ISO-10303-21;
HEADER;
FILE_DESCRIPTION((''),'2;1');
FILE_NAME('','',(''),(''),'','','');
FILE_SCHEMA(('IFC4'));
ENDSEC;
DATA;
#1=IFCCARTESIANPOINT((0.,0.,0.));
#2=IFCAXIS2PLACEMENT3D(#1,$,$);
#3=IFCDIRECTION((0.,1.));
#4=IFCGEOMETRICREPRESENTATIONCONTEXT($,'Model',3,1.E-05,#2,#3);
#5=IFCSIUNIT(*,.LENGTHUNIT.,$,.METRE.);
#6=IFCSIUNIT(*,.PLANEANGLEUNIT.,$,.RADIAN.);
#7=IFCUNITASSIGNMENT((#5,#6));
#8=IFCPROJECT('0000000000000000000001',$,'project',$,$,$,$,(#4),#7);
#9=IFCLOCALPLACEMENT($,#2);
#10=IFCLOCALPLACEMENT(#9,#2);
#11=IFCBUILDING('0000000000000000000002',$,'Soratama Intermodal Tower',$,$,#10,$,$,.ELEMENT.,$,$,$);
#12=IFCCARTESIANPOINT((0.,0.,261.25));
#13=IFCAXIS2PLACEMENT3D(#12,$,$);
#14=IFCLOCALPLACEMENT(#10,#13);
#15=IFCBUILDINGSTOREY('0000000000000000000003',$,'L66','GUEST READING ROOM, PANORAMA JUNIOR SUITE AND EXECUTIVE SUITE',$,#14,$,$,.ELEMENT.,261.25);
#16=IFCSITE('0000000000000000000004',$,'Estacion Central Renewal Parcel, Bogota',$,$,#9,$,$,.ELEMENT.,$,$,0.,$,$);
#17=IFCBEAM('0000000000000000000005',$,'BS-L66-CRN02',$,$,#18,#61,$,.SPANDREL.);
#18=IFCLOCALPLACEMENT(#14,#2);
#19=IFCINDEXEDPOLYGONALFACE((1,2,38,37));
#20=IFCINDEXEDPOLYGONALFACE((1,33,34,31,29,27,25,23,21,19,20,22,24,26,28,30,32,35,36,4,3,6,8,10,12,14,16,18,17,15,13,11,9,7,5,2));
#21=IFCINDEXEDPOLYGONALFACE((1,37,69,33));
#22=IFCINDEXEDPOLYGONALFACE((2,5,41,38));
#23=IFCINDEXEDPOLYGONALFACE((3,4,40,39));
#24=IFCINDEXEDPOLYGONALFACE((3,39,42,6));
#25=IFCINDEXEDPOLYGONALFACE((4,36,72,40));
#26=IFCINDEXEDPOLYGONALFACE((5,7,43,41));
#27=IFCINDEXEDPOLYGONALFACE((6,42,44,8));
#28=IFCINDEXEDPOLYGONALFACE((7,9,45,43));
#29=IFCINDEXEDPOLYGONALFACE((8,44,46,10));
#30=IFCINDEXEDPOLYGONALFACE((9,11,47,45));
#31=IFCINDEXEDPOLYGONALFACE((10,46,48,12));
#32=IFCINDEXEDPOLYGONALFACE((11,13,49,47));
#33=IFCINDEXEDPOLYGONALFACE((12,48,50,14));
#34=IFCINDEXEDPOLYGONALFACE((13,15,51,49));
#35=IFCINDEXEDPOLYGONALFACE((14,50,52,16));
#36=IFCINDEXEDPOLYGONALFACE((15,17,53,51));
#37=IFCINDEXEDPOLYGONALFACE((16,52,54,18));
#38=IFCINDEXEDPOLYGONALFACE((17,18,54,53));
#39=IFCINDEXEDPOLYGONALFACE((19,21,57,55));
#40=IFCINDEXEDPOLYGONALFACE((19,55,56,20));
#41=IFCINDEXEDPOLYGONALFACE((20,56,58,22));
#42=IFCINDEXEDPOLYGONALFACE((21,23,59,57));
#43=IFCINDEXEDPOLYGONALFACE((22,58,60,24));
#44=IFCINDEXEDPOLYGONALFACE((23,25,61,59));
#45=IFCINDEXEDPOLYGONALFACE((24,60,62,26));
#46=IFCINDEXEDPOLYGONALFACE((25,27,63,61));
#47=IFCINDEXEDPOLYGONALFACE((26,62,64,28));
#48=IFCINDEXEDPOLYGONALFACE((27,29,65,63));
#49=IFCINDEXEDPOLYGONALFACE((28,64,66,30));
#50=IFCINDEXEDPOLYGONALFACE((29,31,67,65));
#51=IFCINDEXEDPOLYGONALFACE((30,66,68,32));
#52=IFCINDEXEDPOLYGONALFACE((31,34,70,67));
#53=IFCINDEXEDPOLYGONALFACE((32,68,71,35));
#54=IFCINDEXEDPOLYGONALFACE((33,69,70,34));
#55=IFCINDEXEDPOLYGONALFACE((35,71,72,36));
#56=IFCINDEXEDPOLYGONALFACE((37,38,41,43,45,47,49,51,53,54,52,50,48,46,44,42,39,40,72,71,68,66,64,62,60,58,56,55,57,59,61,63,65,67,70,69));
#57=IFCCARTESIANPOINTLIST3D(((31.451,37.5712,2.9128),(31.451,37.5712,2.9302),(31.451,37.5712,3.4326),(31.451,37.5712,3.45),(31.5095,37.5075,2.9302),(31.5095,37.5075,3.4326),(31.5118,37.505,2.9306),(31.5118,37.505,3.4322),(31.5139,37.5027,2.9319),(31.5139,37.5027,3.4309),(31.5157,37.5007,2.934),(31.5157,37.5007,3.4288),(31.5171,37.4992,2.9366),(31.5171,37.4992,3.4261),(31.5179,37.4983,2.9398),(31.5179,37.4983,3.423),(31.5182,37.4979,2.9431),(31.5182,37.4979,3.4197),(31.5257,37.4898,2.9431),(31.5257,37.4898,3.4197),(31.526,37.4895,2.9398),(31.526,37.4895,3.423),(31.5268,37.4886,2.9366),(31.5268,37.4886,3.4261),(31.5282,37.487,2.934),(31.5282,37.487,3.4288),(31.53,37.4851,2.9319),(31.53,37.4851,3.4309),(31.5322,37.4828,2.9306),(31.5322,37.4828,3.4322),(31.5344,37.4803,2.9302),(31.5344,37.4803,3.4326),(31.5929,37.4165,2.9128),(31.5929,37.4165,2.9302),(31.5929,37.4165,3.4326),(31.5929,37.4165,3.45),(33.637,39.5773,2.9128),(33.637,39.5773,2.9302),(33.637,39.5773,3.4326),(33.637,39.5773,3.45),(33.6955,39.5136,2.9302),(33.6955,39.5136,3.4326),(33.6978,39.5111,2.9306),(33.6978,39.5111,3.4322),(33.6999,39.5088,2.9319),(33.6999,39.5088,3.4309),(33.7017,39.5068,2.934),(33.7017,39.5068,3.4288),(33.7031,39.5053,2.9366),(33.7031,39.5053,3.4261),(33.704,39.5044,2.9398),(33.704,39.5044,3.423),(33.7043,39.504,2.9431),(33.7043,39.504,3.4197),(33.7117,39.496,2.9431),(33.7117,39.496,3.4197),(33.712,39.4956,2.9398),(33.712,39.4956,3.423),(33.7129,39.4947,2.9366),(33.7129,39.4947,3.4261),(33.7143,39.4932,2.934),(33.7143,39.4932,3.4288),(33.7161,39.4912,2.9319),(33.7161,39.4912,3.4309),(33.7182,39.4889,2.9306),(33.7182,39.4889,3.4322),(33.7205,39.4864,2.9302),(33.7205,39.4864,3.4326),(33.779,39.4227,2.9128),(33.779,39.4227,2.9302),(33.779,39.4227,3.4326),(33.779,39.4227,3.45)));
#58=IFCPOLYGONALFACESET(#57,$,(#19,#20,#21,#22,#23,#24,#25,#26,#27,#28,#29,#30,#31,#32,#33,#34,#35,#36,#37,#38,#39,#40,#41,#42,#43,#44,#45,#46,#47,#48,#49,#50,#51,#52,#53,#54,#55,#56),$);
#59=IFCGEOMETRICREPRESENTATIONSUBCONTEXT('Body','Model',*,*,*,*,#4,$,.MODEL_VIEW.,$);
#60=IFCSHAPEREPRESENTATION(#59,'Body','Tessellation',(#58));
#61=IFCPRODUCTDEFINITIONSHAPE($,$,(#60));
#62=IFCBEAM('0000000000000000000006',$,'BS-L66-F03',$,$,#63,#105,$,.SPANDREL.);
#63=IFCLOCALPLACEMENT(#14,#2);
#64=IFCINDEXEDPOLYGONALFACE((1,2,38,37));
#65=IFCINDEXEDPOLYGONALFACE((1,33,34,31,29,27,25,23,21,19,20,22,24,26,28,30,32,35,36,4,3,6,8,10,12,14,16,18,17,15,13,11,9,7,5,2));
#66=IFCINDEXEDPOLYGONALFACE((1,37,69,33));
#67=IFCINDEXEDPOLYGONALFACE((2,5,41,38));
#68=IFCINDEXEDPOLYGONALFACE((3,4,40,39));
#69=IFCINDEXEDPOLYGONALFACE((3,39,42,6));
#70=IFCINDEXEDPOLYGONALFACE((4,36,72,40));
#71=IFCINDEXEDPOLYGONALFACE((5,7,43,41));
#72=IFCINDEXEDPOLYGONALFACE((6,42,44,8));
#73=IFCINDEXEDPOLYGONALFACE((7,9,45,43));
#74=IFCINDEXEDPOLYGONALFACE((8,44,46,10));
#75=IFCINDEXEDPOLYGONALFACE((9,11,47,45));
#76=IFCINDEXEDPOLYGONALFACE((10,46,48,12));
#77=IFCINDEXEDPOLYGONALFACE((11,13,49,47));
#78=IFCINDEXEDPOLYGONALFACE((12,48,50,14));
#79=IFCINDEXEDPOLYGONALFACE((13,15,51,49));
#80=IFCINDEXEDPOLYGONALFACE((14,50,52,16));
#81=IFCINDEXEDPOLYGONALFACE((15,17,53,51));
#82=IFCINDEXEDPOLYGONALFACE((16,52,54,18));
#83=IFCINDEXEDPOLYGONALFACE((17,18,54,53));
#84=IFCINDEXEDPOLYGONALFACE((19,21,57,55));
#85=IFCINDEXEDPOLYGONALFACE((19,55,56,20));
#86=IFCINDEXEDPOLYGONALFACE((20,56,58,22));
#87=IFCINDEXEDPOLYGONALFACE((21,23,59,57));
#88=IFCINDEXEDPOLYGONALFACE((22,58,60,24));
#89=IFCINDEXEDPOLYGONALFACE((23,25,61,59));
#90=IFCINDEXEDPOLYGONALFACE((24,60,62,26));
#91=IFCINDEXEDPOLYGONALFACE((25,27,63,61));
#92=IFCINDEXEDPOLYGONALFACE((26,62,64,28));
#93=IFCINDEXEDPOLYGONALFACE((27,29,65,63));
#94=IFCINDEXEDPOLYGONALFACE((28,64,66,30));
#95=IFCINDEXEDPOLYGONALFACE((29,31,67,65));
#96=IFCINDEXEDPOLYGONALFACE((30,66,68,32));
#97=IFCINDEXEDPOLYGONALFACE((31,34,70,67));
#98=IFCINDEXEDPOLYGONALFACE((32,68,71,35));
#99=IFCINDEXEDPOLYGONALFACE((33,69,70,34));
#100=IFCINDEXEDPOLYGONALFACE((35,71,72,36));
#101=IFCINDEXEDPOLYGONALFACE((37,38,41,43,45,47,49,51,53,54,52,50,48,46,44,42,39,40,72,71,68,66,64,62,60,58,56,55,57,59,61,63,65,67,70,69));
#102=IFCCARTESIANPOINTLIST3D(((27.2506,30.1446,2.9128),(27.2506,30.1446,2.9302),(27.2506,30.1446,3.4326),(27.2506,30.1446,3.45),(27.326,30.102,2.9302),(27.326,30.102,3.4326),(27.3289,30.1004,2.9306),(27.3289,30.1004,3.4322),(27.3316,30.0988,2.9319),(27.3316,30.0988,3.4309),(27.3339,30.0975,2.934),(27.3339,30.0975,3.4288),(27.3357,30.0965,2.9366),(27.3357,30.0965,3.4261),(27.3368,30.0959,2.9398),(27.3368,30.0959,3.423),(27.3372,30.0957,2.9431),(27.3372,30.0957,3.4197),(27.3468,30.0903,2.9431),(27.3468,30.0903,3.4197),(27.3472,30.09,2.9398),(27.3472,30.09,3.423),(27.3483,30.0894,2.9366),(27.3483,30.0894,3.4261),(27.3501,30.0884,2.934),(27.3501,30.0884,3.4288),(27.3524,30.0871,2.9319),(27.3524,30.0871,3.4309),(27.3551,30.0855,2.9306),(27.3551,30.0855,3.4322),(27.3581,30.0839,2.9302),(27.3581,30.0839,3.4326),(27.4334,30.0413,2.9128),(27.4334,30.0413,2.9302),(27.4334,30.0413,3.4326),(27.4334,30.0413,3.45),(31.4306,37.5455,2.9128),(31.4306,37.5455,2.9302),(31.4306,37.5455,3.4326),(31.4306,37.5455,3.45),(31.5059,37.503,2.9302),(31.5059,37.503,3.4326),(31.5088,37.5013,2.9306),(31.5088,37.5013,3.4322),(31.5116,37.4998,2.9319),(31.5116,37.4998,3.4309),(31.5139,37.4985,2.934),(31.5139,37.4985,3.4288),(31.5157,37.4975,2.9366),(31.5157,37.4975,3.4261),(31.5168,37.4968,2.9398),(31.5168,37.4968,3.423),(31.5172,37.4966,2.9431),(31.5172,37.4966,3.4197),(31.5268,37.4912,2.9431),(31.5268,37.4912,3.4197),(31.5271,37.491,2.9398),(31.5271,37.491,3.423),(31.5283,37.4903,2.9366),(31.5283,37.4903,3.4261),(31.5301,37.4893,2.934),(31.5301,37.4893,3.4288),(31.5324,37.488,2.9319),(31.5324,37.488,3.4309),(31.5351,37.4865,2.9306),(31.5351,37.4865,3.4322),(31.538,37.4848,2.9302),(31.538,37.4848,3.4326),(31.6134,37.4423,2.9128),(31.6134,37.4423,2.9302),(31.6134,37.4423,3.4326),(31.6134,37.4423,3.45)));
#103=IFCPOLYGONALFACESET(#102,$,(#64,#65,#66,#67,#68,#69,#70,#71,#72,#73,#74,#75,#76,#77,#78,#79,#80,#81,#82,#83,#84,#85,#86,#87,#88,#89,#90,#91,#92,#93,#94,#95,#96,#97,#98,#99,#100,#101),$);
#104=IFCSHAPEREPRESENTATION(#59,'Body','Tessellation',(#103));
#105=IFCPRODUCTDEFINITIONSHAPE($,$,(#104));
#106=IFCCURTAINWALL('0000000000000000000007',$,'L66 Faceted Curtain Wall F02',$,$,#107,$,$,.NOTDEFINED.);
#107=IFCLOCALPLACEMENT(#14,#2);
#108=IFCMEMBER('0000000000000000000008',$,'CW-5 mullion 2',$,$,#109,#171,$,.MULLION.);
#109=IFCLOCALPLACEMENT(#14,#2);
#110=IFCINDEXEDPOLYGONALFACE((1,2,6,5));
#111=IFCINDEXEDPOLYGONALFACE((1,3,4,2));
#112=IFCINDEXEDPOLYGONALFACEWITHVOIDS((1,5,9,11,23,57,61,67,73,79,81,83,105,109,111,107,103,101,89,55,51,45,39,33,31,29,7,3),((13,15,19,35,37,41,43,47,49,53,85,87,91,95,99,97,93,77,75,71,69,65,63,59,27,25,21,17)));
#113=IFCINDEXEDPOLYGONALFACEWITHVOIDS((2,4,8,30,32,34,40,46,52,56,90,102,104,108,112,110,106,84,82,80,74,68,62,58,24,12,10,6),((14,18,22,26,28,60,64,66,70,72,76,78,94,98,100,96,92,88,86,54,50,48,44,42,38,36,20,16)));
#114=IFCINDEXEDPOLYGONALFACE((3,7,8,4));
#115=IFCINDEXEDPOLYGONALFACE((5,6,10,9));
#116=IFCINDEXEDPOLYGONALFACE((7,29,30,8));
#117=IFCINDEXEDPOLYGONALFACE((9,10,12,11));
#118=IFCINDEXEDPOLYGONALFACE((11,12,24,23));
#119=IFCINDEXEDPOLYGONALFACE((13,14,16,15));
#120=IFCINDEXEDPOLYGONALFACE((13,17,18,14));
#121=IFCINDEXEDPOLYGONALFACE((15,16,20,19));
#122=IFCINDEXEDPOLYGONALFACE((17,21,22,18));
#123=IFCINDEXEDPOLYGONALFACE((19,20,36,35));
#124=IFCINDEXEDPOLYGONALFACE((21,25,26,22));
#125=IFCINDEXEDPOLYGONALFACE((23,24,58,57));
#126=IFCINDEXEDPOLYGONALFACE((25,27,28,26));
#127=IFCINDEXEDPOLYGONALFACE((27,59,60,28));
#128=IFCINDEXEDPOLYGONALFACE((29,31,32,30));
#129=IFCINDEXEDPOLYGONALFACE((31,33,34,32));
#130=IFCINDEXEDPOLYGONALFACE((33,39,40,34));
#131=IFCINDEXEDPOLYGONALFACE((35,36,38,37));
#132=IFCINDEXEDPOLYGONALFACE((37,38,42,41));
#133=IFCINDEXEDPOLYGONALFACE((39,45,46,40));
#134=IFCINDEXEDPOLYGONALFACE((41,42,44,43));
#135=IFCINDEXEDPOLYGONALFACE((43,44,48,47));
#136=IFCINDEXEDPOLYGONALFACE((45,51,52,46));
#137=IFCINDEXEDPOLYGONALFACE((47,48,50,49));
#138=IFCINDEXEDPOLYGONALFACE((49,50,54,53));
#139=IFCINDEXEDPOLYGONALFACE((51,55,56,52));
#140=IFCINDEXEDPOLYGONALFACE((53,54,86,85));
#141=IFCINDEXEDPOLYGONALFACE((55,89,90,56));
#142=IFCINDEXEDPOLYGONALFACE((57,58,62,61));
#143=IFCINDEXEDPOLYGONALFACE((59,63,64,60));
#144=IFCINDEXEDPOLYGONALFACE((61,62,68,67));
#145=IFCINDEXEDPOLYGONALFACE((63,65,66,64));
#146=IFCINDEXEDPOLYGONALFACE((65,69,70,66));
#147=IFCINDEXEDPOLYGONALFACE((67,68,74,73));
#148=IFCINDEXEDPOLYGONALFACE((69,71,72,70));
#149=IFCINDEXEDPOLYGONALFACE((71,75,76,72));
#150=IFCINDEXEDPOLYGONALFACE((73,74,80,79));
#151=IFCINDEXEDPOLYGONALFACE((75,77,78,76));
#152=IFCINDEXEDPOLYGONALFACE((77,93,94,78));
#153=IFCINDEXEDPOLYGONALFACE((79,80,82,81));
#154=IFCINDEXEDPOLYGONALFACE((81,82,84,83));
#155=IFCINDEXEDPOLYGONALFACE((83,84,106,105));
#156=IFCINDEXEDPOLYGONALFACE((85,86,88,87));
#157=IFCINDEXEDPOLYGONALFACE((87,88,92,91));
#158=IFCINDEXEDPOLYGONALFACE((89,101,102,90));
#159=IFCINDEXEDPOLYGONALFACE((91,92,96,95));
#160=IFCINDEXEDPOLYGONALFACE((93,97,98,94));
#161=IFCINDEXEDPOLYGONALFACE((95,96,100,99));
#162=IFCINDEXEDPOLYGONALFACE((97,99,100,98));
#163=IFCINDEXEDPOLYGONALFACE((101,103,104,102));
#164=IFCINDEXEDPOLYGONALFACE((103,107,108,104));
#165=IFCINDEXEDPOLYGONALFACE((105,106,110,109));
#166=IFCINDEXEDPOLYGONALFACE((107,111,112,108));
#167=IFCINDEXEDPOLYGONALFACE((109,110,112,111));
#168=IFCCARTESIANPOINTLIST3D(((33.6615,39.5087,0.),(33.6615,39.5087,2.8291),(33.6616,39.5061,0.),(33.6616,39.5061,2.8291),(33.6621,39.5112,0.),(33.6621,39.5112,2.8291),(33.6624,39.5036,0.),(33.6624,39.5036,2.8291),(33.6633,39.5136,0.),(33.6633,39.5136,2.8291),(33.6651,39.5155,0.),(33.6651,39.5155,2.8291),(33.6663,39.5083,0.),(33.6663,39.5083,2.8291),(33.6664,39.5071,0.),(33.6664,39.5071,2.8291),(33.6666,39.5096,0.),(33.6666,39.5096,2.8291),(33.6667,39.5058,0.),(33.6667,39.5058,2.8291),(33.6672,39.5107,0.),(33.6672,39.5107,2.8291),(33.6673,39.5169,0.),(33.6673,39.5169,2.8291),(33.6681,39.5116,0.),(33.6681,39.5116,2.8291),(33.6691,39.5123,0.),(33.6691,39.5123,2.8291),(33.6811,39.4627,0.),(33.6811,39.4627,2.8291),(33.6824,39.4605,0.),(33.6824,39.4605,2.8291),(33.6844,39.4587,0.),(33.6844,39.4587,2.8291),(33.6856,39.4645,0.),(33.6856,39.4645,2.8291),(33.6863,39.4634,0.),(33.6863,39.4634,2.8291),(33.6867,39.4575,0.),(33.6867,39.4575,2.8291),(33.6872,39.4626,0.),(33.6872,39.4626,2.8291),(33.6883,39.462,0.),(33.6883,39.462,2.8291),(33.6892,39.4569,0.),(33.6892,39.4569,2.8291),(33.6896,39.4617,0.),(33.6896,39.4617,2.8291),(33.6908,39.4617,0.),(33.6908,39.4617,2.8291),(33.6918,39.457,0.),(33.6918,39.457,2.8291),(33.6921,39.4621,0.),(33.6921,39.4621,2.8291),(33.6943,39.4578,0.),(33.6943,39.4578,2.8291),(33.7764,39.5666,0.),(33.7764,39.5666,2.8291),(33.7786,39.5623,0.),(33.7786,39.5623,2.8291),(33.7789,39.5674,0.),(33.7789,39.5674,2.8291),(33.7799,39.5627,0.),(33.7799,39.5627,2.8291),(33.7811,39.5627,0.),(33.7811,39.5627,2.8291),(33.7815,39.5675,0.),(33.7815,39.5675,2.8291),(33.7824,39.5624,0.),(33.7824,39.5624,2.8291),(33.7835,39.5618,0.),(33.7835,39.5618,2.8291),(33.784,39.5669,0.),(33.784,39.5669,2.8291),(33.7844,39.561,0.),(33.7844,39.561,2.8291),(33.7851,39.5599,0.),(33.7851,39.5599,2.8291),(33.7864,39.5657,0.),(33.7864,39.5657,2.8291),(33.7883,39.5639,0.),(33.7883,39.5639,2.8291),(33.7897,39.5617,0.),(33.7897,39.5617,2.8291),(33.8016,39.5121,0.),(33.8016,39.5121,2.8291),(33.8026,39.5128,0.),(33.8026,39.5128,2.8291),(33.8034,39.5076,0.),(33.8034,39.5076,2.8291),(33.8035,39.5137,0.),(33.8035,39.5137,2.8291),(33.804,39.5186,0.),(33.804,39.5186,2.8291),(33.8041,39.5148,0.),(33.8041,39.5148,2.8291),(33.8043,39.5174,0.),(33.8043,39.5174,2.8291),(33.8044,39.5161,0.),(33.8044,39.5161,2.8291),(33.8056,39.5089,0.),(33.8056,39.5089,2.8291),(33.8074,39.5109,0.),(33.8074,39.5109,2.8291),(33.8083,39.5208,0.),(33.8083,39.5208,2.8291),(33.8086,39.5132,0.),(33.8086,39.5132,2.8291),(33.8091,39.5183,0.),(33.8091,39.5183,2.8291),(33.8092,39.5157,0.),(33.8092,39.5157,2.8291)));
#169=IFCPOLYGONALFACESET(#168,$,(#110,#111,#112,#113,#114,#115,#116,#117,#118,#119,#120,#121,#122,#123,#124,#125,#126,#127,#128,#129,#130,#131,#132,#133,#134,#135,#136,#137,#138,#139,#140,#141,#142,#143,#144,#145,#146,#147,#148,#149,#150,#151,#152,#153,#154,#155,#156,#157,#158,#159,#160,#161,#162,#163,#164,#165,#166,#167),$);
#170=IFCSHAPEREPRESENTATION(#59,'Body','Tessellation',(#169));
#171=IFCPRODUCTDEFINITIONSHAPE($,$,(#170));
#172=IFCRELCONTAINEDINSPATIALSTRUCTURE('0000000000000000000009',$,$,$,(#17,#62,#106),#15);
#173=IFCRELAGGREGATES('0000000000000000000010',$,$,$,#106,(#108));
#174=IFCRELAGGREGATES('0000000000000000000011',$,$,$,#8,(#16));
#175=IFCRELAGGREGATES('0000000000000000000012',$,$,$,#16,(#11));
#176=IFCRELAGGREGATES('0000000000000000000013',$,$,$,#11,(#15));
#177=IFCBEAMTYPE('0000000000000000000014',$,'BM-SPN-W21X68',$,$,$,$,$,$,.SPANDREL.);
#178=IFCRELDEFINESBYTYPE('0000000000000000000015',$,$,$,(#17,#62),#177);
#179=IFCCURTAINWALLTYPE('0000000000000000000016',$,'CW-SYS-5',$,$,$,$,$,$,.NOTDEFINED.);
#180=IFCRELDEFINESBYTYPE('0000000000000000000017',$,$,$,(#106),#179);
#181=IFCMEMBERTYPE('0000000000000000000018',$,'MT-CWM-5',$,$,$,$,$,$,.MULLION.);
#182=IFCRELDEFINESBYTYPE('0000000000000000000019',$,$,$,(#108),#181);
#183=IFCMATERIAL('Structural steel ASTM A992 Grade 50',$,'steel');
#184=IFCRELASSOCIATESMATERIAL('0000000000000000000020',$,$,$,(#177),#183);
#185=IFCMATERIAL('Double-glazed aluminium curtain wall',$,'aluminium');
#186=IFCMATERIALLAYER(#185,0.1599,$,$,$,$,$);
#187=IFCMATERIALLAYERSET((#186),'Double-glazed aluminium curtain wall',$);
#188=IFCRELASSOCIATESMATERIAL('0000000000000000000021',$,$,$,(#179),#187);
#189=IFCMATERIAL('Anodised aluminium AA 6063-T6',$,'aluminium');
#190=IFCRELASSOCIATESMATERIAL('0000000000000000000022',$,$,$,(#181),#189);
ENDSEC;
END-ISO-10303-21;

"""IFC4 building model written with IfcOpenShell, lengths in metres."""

from ifc_helpers import new_model, si_unit, direction, frame, origin, origin_2d, place, context, subcontext, project, spatial, hollow_rectangle, i_section, extrude, material, layer, layer_set, material_profile, profile_set, type_object, element, aggregate, save


model = new_model("IFC4")

# Units and contexts
model_context = context("Model", 3, precision=1e-05, world=origin(), true_north=direction((0.0, 1.0)))
body_context = subcontext(model_context, "Body", "Model", "MODEL_VIEW")
ifc_project = project(units=[si_unit("LENGTHUNIT", "METRE"), si_unit("PLANEANGLEUNIT", "RADIAN")], contexts=[model_context])

# Site, building, storey
site_placement = place(None, origin())
site = spatial("IfcSite", under=ifc_project, at=site_placement, Name="Estacion Central Renewal Parcel, Bogota", CompositionType="ELEMENT", RefElevation=0.0)
building_placement = place(site_placement, origin())
building = spatial("IfcBuilding", under=site, at=building_placement, Name="Soratama Intermodal Tower", CompositionType="ELEMENT")
storey_placement = place(building_placement, frame((0.0, 0.0, 261.25)))
storey = spatial("IfcBuildingStorey", under=building, at=storey_placement, Name="L66", Description="GUEST READING ROOM, PANORAMA JUNIOR SUITE AND EXECUTIVE SUITE", CompositionType="ELEMENT", Elevation=261.25)

# Beams
ifc_material_1 = material(Name="Structural steel ASTM A992 Grade 50", Category="steel")
ifc_material_profile_1 = material_profile(ifc_material_1, i_section(OverallWidth=0.21, OverallDepth=0.5371, WebThickness=0.011, FlangeThickness=0.0173, FilletRadius=0.0129, at=origin_2d()), Name="W21X68")
ifc_profile_set_1 = profile_set([ifc_material_profile_1], Name="Structural steel ASTM A992 Grade 50")
beam_type_1 = type_object("IfcBeamType", Name="BM-SPN-W21X68", PredefinedType="SPANDREL", material=ifc_profile_set_1)
beam_1_placement = place(storey_placement, frame((33.708, 39.5, 3.1814), z_axis=(-0.736778, -0.676134, 0.0), x_axis=(0.676134, -0.736778, 0.0)))
element("IfcBeam", 1, at=beam_1_placement, inside=storey, type_object=beam_type_1, Name="BS-L66-CRN02", PredefinedType="SPANDREL", context=body_context, shape_type="SweptSolid", body=[
    extrude(i_section(OverallWidth=0.21, OverallDepth=0.5371, WebThickness=0.011, FlangeThickness=0.0173, FilletRadius=0.0129, at=origin_2d()), origin(), (0.0, 0.0, 1.0), 2.967),
])
beam_2_placement = place(storey_placement, frame((31.522, 37.4939, 3.1814), z_axis=(-0.491774, -0.870723, 0.0), x_axis=(0.870723, -0.491774, 0.0)))
element("IfcBeam", 2, at=beam_2_placement, inside=storey, type_object=beam_type_1, Name="BS-L66-F03", PredefinedType="SPANDREL", context=body_context, shape_type="SweptSolid", body=[
    extrude(i_section(OverallWidth=0.21, OverallDepth=0.5371, WebThickness=0.011, FlangeThickness=0.0173, FilletRadius=0.0129, at=origin_2d()), origin(), (0.0, 0.0, 1.0), 8.4998),
])

# Curtain wall, member
ifc_material_2 = material(Name="Double-glazed aluminium curtain wall", Category="aluminium")
ifc_layer_1 = layer(ifc_material_2, 0.1599)
ifc_layer_set_1 = layer_set([ifc_layer_1], Name="Double-glazed aluminium curtain wall")
curtain_wall_type = type_object("IfcCurtainWallType", Name="CW-SYS-5", PredefinedType="NOTDEFINED", material=ifc_layer_set_1)
curtain_wall_1_placement = place(storey_placement, origin())
curtain_wall_1 = element("IfcCurtainWall", 3, at=curtain_wall_1_placement, inside=storey, type_object=curtain_wall_type, Name="L66 Faceted Curtain Wall F02", PredefinedType="NOTDEFINED")
ifc_material_3 = material(Name="Anodised aluminium AA 6063-T6", Category="aluminium")
ifc_material_profile_2 = material_profile(ifc_material_3, hollow_rectangle(XDim=0.0649, YDim=0.1399, WallThickness=0.0049, InnerFilletRadius=0.0049, OuterFilletRadius=0.01, at=origin_2d()), Name="CWM140X65X5")
ifc_profile_set_2 = profile_set([ifc_material_profile_2], Name="Anodised aluminium AA 6063-T6")
member_type_1 = type_object("IfcMemberType", Name="MT-CWM-5", PredefinedType="MULLION", material=ifc_profile_set_2)
member_1_placement = place(storey_placement, frame((33.7354, 39.5122, 0.0), z_axis=(0.0, 0.0, 1.0), x_axis=(0.415329, -0.909671, 0.0)))
member_1 = element("IfcMember", 4, at=member_1_placement, type_object=member_type_1, Name="CW-5 mullion 2", PredefinedType="MULLION", context=body_context, shape_type="SweptSolid", body=[
    extrude(hollow_rectangle(XDim=0.0649, YDim=0.1399, WallThickness=0.0049, InnerFilletRadius=0.0049, OuterFilletRadius=0.01, at=origin_2d()), origin(), (0.0, 0.0, 1.0), 2.8291),
])
aggregate(curtain_wall_1, [member_1])

save(model, "model.ifc")
